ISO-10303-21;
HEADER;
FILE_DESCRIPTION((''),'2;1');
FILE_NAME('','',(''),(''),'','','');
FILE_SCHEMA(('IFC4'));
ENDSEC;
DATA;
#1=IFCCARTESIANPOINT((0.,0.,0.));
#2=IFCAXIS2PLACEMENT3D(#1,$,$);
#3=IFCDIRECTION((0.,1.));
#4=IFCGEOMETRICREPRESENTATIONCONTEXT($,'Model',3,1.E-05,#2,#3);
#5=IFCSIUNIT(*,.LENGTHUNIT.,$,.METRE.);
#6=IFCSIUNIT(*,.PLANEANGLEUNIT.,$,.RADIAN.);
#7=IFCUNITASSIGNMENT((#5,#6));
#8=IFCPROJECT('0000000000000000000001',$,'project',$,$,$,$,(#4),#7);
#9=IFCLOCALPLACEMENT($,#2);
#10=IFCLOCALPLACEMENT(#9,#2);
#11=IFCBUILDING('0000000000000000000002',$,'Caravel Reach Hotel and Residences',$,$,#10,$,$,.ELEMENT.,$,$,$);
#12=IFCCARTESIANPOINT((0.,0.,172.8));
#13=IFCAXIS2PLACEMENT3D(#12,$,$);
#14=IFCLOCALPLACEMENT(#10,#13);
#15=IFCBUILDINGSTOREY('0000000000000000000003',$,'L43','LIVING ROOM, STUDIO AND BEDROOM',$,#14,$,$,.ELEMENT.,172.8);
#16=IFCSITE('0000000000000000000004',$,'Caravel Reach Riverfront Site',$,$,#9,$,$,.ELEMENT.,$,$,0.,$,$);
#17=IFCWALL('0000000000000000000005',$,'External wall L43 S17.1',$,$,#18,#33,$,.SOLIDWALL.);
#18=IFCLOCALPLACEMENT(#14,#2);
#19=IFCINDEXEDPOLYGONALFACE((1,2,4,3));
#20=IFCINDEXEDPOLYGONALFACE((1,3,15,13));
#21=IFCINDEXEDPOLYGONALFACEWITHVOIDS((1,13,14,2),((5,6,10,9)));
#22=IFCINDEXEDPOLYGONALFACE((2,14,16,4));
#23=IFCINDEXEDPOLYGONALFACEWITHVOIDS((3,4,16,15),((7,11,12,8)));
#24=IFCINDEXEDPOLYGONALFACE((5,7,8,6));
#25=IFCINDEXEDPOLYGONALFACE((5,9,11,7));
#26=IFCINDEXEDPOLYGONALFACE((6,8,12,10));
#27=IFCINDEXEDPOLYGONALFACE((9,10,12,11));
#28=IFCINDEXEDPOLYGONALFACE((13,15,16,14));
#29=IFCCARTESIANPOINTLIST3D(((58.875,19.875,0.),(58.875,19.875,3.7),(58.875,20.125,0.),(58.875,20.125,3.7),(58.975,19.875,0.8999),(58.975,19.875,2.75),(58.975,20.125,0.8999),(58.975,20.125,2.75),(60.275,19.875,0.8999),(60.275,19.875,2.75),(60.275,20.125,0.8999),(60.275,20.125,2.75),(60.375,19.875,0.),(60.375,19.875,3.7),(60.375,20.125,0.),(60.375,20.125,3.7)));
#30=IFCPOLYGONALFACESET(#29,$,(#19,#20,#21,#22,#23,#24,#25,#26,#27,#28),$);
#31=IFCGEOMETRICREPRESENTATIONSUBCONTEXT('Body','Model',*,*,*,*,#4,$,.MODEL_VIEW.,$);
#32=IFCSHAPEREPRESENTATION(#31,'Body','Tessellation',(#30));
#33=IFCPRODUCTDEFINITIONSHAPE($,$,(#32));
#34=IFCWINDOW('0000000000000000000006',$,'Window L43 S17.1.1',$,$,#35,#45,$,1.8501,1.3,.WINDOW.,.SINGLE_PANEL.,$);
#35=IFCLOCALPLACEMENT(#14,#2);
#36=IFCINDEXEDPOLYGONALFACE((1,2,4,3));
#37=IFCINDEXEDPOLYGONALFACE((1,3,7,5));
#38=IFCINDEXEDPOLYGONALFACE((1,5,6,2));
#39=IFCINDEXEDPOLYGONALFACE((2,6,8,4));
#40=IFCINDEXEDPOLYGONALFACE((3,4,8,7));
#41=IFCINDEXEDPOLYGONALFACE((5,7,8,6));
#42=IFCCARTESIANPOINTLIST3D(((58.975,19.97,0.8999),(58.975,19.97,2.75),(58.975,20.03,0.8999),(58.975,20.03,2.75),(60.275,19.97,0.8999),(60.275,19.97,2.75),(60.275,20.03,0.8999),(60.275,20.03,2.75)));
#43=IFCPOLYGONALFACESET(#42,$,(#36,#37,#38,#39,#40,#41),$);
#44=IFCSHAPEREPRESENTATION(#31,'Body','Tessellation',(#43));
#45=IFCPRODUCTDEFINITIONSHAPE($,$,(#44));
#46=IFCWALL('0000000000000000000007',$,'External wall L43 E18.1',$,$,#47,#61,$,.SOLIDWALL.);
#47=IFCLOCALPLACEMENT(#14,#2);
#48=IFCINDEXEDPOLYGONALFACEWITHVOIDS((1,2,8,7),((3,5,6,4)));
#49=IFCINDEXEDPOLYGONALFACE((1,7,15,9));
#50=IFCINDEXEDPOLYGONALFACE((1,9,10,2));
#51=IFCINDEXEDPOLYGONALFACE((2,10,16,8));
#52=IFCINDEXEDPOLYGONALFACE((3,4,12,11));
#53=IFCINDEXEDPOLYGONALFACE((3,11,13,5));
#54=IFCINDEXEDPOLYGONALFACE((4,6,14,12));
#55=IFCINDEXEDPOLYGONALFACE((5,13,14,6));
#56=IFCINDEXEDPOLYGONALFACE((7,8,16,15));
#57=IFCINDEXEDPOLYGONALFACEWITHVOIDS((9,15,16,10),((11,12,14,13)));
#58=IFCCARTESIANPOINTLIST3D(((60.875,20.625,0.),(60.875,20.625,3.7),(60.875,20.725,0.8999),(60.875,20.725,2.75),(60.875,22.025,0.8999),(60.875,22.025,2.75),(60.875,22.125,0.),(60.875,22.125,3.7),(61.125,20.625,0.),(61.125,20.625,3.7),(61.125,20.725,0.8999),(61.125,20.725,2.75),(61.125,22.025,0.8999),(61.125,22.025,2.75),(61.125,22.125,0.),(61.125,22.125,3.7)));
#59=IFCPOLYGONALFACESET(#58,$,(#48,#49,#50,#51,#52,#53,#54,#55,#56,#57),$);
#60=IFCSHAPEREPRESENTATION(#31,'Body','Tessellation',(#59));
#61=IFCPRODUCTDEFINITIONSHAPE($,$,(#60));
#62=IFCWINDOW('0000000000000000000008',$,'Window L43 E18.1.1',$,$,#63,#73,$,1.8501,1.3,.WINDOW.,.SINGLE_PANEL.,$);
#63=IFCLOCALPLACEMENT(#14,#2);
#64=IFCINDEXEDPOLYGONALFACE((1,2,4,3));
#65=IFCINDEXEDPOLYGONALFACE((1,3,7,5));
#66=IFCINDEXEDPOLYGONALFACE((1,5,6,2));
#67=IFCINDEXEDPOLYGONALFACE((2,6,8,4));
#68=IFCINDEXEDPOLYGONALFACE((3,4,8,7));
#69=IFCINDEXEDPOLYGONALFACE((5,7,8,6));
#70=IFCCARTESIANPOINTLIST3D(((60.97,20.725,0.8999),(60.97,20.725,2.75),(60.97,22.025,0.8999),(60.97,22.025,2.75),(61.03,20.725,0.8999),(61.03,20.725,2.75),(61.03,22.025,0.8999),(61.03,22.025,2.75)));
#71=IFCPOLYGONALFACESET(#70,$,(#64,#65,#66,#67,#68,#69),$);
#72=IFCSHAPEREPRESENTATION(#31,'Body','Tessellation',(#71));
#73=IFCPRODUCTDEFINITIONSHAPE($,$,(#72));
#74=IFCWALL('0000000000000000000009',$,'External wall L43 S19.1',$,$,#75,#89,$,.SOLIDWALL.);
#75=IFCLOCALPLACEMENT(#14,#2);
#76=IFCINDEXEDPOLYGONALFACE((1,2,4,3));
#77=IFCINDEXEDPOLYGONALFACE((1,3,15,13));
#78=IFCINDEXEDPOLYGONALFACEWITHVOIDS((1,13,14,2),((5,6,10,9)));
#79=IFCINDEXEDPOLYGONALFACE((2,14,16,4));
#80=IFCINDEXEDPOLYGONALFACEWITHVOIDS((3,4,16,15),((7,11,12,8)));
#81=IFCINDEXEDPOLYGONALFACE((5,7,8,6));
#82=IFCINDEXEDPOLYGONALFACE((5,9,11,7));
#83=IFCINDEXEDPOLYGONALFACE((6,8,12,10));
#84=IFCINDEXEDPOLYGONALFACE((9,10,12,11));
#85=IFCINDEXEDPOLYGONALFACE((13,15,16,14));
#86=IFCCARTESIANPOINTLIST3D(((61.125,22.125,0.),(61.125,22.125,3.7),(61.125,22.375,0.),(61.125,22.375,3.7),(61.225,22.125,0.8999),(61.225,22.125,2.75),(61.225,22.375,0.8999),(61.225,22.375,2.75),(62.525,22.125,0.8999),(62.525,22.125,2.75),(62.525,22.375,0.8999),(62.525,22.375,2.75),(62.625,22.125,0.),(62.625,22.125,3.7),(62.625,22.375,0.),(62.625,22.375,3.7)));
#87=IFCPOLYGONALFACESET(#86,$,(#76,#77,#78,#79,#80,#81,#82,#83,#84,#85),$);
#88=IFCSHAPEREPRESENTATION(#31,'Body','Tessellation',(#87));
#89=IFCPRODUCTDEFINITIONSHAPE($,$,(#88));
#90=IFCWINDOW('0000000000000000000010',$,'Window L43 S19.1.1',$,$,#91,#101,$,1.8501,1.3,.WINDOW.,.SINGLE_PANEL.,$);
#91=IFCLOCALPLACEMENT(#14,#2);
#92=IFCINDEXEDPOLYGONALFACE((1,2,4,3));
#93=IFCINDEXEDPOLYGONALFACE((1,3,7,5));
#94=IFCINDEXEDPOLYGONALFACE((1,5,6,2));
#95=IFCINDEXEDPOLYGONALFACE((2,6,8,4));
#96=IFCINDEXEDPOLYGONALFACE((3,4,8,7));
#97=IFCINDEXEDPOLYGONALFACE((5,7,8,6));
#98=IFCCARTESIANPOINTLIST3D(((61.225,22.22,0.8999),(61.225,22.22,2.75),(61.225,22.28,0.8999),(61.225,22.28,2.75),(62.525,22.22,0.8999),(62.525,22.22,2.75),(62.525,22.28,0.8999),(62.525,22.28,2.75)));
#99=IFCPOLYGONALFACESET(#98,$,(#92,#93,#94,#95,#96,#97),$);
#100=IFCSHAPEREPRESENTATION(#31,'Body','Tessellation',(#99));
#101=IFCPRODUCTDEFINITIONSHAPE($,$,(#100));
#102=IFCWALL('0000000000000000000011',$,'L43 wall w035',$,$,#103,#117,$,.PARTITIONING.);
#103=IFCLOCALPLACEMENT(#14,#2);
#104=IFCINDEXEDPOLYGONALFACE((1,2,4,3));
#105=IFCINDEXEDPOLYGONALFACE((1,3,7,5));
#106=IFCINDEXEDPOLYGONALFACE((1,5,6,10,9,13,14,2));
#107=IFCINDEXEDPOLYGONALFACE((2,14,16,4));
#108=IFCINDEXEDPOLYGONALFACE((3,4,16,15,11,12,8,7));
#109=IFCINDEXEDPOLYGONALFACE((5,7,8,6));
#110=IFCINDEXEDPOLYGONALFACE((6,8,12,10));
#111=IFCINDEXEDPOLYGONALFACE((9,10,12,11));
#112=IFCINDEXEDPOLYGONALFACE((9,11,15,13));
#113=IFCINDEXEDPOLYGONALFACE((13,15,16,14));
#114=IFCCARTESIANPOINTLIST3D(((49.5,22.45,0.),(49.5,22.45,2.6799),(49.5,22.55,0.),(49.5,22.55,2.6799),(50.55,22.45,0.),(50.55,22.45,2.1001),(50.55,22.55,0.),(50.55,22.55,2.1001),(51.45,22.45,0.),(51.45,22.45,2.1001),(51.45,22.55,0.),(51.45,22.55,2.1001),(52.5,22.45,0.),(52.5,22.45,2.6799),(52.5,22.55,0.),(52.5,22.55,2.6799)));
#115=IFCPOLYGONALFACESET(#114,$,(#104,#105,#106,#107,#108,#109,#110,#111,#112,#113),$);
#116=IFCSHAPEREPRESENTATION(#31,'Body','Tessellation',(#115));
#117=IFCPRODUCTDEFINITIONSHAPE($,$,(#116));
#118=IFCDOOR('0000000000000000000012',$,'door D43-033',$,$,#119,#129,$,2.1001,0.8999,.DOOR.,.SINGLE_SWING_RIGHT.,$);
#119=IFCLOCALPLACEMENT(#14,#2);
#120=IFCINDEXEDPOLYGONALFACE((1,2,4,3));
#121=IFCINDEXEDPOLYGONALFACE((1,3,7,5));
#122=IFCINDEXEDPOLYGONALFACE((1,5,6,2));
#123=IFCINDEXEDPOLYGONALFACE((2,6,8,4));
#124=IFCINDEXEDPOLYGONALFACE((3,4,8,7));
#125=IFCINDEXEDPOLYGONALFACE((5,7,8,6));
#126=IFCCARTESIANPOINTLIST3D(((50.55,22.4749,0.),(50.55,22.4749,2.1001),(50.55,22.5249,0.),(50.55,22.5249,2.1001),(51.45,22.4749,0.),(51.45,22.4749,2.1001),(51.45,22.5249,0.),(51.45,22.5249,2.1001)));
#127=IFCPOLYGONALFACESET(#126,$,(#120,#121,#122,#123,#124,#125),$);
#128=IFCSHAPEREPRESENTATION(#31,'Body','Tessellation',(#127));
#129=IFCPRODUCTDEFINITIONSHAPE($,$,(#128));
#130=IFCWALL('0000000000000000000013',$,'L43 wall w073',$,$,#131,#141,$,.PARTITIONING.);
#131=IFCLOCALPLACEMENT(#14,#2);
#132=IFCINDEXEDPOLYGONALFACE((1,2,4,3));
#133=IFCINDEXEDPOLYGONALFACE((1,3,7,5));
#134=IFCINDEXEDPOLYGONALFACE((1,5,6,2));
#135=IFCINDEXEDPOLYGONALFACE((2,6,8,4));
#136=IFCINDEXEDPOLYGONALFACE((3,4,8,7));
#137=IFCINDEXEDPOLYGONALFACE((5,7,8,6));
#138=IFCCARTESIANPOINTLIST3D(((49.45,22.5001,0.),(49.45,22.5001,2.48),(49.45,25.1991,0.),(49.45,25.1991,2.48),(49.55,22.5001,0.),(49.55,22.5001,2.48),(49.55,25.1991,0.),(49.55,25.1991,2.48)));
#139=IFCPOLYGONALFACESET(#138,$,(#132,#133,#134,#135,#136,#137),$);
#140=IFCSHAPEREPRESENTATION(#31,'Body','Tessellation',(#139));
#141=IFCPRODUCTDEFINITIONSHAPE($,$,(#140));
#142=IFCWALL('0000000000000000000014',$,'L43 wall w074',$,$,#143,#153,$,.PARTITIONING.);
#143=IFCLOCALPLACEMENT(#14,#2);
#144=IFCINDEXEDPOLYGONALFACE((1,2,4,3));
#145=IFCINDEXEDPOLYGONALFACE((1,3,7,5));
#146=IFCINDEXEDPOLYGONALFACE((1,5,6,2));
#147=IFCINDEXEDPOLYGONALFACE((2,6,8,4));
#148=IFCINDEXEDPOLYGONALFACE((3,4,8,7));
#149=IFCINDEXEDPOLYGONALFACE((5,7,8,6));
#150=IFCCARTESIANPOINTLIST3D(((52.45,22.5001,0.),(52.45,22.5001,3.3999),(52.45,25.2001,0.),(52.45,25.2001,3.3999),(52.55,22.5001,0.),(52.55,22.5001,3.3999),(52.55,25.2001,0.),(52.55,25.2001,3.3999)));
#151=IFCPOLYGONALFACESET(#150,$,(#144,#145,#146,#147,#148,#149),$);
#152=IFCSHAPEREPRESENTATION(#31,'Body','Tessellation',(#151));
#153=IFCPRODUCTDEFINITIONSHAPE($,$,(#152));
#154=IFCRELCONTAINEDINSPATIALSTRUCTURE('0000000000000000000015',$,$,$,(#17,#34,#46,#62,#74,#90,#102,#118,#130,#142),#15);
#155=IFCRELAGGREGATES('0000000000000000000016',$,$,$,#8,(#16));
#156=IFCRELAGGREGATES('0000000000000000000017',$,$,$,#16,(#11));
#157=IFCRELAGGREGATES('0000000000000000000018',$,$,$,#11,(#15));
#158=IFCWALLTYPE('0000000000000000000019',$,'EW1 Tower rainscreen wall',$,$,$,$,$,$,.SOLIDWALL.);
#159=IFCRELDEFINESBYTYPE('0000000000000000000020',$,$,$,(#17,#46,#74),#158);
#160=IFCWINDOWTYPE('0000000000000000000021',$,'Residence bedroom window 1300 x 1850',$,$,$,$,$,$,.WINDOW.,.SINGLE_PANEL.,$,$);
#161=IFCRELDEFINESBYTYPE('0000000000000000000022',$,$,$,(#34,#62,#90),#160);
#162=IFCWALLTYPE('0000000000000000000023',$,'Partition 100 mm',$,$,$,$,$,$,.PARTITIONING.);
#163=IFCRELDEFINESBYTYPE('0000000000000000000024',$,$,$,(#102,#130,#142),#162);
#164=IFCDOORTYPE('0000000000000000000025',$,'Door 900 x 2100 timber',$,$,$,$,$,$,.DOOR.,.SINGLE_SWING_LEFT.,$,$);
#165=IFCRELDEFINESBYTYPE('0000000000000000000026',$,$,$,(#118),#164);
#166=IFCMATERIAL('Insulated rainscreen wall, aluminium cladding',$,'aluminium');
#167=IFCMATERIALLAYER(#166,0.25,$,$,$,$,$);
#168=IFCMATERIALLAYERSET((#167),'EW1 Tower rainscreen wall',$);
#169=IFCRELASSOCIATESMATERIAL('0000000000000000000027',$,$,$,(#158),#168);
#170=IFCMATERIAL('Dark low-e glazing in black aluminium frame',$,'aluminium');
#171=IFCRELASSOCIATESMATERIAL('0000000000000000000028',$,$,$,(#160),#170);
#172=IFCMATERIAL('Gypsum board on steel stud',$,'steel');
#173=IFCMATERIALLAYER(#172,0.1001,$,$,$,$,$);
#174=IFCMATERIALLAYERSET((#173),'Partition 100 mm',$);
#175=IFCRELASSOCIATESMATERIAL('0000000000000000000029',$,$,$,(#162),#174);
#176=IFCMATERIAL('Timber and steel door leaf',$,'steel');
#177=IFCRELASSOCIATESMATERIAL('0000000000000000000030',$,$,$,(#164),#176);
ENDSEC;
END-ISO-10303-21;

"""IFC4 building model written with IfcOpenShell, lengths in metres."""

from ifc_helpers import new_model, si_unit, direction, frame, frame_2d, origin, place, context, subcontext, project, spatial, rectangle, extrude, material, layer, layer_set, type_object, element, fill, save


model = new_model("IFC4")

# Units and contexts
model_context = context("Model", 3, precision=1e-05, world=origin(), true_north=direction((0.0, 1.0)))
body_context = subcontext(model_context, "Body", "Model", "MODEL_VIEW")
ifc_project = project(units=[si_unit("LENGTHUNIT", "METRE"), si_unit("PLANEANGLEUNIT", "RADIAN")], contexts=[model_context])

# Site, building, storey
site_placement = place(None, origin())
site = spatial("IfcSite", under=ifc_project, at=site_placement, Name="Caravel Reach Riverfront Site", CompositionType="ELEMENT", RefElevation=0.0)
building_placement = place(site_placement, origin())
building = spatial("IfcBuilding", under=site, at=building_placement, Name="Caravel Reach Hotel and Residences", CompositionType="ELEMENT")
storey_placement = place(building_placement, frame((0.0, 0.0, 172.8)))
storey = spatial("IfcBuildingStorey", under=building, at=storey_placement, Name="L43", Description="LIVING ROOM, STUDIO AND BEDROOM", CompositionType="ELEMENT", Elevation=172.8)

# Shared definitions
ifc_material_1 = material(Name="Insulated rainscreen wall, aluminium cladding", Category="aluminium")
ifc_layer_1 = layer(ifc_material_1, 0.25)
ifc_layer_set_1 = layer_set([ifc_layer_1], Name="EW1 Tower rainscreen wall")
wall_type_1 = type_object("IfcWallType", Name="EW1 Tower rainscreen wall", PredefinedType="SOLIDWALL", material=ifc_layer_set_1)

# Walls, openings, windows
ifc_material_2 = material(Name="Dark low-e glazing in black aluminium frame", Category="aluminium")
window_type_1 = type_object("IfcWindowType", Name="Residence bedroom window 1300 x 1850", PartitioningType="SINGLE_PANEL", PredefinedType="WINDOW", material=ifc_material_2)
wall_1_placement = place(storey_placement, frame((58.875, 20.0, 0.0), z_axis=(0.0, 0.0, 1.0), x_axis=(1.0, 0.0, 0.0)))
wall_1 = element("IfcWall", 1, at=wall_1_placement, inside=storey, type_object=wall_type_1, Name="External wall L43 S17.1", PredefinedType="SOLIDWALL", context=body_context, shape_type="SweptSolid", body=[
    extrude(rectangle(XDim=1.5, YDim=0.25, at=frame_2d((0.75, 0.0))), origin(), (0.0, 0.0, 1.0), 3.7),
])
opening_1_placement = place(wall_1_placement, frame((0.1001, 0.0, 0.8999)))
opening_1 = element("IfcOpeningElement", 2, at=opening_1_placement, cuts=wall_1, PredefinedType="OPENING", context=body_context, shape_type="SweptSolid", body=[
    extrude(rectangle(XDim=1.3, YDim=1.8501, at=frame_2d((0.6499, 0.925))), frame((0.0, 0.135, 0.0), z_axis=(0.0, -1.0, 0.0), x_axis=(1.0, 0.0, 0.0)), (0.0, 0.0, 1.0), 0.27),
])
window_1_placement = place(opening_1_placement, origin())
window_1 = element("IfcWindow", 3, at=window_1_placement, inside=storey, type_object=window_type_1, Name="Window L43 S17.1.1", OverallHeight=1.8501, OverallWidth=1.3, PartitioningType="SINGLE_PANEL", PredefinedType="WINDOW", context=body_context, shape_type="SweptSolid", body=[
    extrude(rectangle(XDim=1.3, YDim=1.8501, at=frame_2d((0.6499, 0.925))), frame((0.0, 0.03, 0.0), z_axis=(0.0, -1.0, 0.0), x_axis=(1.0, 0.0, 0.0)), (0.0, 0.0, 1.0), 0.0601),
])
fill(opening_1, window_1)
wall_2_placement = place(storey_placement, frame((61.0, 20.625, 0.0), z_axis=(0.0, 0.0, 1.0), x_axis=(0.0, 1.0, 0.0)))
wall_2 = element("IfcWall", 4, at=wall_2_placement, inside=storey, type_object=wall_type_1, Name="External wall L43 E18.1", PredefinedType="SOLIDWALL", context=body_context, shape_type="SweptSolid", body=[
    extrude(rectangle(XDim=1.5, YDim=0.25, at=frame_2d((0.75, 0.0))), origin(), (0.0, 0.0, 1.0), 3.7),
])
opening_2_placement = place(wall_2_placement, frame((0.1001, 0.0, 0.8999)))
opening_2 = element("IfcOpeningElement", 5, at=opening_2_placement, cuts=wall_2, PredefinedType="OPENING", context=body_context, shape_type="SweptSolid", body=[
    extrude(rectangle(XDim=1.3, YDim=1.8501, at=frame_2d((0.6499, 0.925))), frame((0.0, 0.135, 0.0), z_axis=(0.0, -1.0, 0.0), x_axis=(1.0, 0.0, 0.0)), (0.0, 0.0, 1.0), 0.27),
])
window_2_placement = place(opening_2_placement, origin())
window_2 = element("IfcWindow", 6, at=window_2_placement, inside=storey, type_object=window_type_1, Name="Window L43 E18.1.1", OverallHeight=1.8501, OverallWidth=1.3, PartitioningType="SINGLE_PANEL", PredefinedType="WINDOW", context=body_context, shape_type="SweptSolid", body=[
    extrude(rectangle(XDim=1.3, YDim=1.8501, at=frame_2d((0.6499, 0.925))), frame((0.0, 0.03, 0.0), z_axis=(0.0, -1.0, 0.0), x_axis=(1.0, 0.0, 0.0)), (0.0, 0.0, 1.0), 0.0601),
])
fill(opening_2, window_2)
wall_3_placement = place(storey_placement, frame((61.125, 22.25, 0.0), z_axis=(0.0, 0.0, 1.0), x_axis=(1.0, 0.0, 0.0)))
wall_3 = element("IfcWall", 7, at=wall_3_placement, inside=storey, type_object=wall_type_1, Name="External wall L43 S19.1", PredefinedType="SOLIDWALL", context=body_context, shape_type="SweptSolid", body=[
    extrude(rectangle(XDim=1.5, YDim=0.25, at=frame_2d((0.75, 0.0))), origin(), (0.0, 0.0, 1.0), 3.7),
])
opening_3_placement = place(wall_3_placement, frame((0.1001, 0.0, 0.8999)))
opening_3 = element("IfcOpeningElement", 8, at=opening_3_placement, cuts=wall_3, PredefinedType="OPENING", context=body_context, shape_type="SweptSolid", body=[
    extrude(rectangle(XDim=1.3, YDim=1.8501, at=frame_2d((0.6499, 0.925))), frame((0.0, 0.135, 0.0), z_axis=(0.0, -1.0, 0.0), x_axis=(1.0, 0.0, 0.0)), (0.0, 0.0, 1.0), 0.27),
])
window_3_placement = place(opening_3_placement, origin())
window_3 = element("IfcWindow", 9, at=window_3_placement, inside=storey, type_object=window_type_1, Name="Window L43 S19.1.1", OverallHeight=1.8501, OverallWidth=1.3, PartitioningType="SINGLE_PANEL", PredefinedType="WINDOW", context=body_context, shape_type="SweptSolid", body=[
    extrude(rectangle(XDim=1.3, YDim=1.8501, at=frame_2d((0.6499, 0.925))), frame((0.0, 0.03, 0.0), z_axis=(0.0, -1.0, 0.0), x_axis=(1.0, 0.0, 0.0)), (0.0, 0.0, 1.0), 0.0601),
])
fill(opening_3, window_3)

# Wall, opening, door
ifc_material_3 = material(Name="Gypsum board on steel stud", Category="steel")
ifc_layer_2 = layer(ifc_material_3, 0.1001)
ifc_layer_set_2 = layer_set([ifc_layer_2], Name="Partition 100 mm")
wall_type_2 = type_object("IfcWallType", Name="Partition 100 mm", PredefinedType="PARTITIONING", material=ifc_layer_set_2)
wall_4_placement = place(storey_placement, frame((49.5, 22.5, 0.0), z_axis=(0.0, 0.0, 1.0), x_axis=(1.0, 0.0, 0.0)))
wall_4 = element("IfcWall", 10, at=wall_4_placement, inside=storey, type_object=wall_type_2, Name="L43 wall w035", PredefinedType="PARTITIONING", context=body_context, shape_type="SweptSolid", body=[
    extrude(rectangle(XDim=3.0, YDim=0.1001, at=frame_2d((1.5, 0.0))), origin(), (0.0, 0.0, 1.0), 2.6799),
])
opening_4_placement = place(wall_4_placement, frame((1.05, 0.0, 0.0)))
opening_4 = element("IfcOpeningElement", 11, at=opening_4_placement, cuts=wall_4, PredefinedType="OPENING", context=body_context, shape_type="SweptSolid", body=[
    extrude(rectangle(XDim=0.8999, YDim=2.1001, at=frame_2d((0.45, 1.05))), frame((0.0, 0.0601, 0.0), z_axis=(0.0, -1.0, 0.0), x_axis=(1.0, 0.0, 0.0)), (0.0, 0.0, 1.0), 0.1201),
])
ifc_material_4 = material(Name="Timber and steel door leaf", Category="steel")
door_type = type_object("IfcDoorType", Name="Door 900 x 2100 timber", OperationType="SINGLE_SWING_LEFT", PredefinedType="DOOR", material=ifc_material_4)
door_1_placement = place(opening_4_placement, origin())
door_1 = element("IfcDoor", 12, at=door_1_placement, inside=storey, type_object=door_type, Name="door D43-033", OperationType="SINGLE_SWING_RIGHT", OverallHeight=2.1001, OverallWidth=0.8999, PredefinedType="DOOR", context=body_context, shape_type="SweptSolid", body=[
    extrude(rectangle(XDim=0.8999, YDim=2.1001, at=frame_2d((0.45, 1.05))), frame((0.0, 0.0249, 0.0), z_axis=(0.0, -1.0, 0.0), x_axis=(1.0, 0.0, 0.0)), (0.0, 0.0, 1.0), 0.05),
])
fill(opening_4, door_1)

# Walls
wall_5_placement = place(storey_placement, frame((49.5, 22.5, 0.0), z_axis=(0.0, 0.0, 1.0), x_axis=(0.0, 1.0, 0.0)))
element("IfcWall", 13, at=wall_5_placement, inside=storey, type_object=wall_type_2, Name="L43 wall w073", PredefinedType="PARTITIONING", context=body_context, shape_type="SweptSolid", body=[
    extrude(rectangle(XDim=2.699, YDim=0.1001, at=frame_2d((1.3496, 0.0))), origin(), (0.0, 0.0, 1.0), 2.48),
])
wall_6_placement = place(storey_placement, frame((52.5, 22.5, 0.0), z_axis=(0.0, 0.0, 1.0), x_axis=(0.0, 1.0, 0.0)))
element("IfcWall", 14, at=wall_6_placement, inside=storey, type_object=wall_type_2, Name="L43 wall w074", PredefinedType="PARTITIONING", context=body_context, shape_type="SweptSolid", body=[
    extrude(rectangle(XDim=2.7, YDim=0.1001, at=frame_2d((1.3501, 0.0))), origin(), (0.0, 0.0, 1.0), 3.3999),
])

save(model, "model.ifc")
